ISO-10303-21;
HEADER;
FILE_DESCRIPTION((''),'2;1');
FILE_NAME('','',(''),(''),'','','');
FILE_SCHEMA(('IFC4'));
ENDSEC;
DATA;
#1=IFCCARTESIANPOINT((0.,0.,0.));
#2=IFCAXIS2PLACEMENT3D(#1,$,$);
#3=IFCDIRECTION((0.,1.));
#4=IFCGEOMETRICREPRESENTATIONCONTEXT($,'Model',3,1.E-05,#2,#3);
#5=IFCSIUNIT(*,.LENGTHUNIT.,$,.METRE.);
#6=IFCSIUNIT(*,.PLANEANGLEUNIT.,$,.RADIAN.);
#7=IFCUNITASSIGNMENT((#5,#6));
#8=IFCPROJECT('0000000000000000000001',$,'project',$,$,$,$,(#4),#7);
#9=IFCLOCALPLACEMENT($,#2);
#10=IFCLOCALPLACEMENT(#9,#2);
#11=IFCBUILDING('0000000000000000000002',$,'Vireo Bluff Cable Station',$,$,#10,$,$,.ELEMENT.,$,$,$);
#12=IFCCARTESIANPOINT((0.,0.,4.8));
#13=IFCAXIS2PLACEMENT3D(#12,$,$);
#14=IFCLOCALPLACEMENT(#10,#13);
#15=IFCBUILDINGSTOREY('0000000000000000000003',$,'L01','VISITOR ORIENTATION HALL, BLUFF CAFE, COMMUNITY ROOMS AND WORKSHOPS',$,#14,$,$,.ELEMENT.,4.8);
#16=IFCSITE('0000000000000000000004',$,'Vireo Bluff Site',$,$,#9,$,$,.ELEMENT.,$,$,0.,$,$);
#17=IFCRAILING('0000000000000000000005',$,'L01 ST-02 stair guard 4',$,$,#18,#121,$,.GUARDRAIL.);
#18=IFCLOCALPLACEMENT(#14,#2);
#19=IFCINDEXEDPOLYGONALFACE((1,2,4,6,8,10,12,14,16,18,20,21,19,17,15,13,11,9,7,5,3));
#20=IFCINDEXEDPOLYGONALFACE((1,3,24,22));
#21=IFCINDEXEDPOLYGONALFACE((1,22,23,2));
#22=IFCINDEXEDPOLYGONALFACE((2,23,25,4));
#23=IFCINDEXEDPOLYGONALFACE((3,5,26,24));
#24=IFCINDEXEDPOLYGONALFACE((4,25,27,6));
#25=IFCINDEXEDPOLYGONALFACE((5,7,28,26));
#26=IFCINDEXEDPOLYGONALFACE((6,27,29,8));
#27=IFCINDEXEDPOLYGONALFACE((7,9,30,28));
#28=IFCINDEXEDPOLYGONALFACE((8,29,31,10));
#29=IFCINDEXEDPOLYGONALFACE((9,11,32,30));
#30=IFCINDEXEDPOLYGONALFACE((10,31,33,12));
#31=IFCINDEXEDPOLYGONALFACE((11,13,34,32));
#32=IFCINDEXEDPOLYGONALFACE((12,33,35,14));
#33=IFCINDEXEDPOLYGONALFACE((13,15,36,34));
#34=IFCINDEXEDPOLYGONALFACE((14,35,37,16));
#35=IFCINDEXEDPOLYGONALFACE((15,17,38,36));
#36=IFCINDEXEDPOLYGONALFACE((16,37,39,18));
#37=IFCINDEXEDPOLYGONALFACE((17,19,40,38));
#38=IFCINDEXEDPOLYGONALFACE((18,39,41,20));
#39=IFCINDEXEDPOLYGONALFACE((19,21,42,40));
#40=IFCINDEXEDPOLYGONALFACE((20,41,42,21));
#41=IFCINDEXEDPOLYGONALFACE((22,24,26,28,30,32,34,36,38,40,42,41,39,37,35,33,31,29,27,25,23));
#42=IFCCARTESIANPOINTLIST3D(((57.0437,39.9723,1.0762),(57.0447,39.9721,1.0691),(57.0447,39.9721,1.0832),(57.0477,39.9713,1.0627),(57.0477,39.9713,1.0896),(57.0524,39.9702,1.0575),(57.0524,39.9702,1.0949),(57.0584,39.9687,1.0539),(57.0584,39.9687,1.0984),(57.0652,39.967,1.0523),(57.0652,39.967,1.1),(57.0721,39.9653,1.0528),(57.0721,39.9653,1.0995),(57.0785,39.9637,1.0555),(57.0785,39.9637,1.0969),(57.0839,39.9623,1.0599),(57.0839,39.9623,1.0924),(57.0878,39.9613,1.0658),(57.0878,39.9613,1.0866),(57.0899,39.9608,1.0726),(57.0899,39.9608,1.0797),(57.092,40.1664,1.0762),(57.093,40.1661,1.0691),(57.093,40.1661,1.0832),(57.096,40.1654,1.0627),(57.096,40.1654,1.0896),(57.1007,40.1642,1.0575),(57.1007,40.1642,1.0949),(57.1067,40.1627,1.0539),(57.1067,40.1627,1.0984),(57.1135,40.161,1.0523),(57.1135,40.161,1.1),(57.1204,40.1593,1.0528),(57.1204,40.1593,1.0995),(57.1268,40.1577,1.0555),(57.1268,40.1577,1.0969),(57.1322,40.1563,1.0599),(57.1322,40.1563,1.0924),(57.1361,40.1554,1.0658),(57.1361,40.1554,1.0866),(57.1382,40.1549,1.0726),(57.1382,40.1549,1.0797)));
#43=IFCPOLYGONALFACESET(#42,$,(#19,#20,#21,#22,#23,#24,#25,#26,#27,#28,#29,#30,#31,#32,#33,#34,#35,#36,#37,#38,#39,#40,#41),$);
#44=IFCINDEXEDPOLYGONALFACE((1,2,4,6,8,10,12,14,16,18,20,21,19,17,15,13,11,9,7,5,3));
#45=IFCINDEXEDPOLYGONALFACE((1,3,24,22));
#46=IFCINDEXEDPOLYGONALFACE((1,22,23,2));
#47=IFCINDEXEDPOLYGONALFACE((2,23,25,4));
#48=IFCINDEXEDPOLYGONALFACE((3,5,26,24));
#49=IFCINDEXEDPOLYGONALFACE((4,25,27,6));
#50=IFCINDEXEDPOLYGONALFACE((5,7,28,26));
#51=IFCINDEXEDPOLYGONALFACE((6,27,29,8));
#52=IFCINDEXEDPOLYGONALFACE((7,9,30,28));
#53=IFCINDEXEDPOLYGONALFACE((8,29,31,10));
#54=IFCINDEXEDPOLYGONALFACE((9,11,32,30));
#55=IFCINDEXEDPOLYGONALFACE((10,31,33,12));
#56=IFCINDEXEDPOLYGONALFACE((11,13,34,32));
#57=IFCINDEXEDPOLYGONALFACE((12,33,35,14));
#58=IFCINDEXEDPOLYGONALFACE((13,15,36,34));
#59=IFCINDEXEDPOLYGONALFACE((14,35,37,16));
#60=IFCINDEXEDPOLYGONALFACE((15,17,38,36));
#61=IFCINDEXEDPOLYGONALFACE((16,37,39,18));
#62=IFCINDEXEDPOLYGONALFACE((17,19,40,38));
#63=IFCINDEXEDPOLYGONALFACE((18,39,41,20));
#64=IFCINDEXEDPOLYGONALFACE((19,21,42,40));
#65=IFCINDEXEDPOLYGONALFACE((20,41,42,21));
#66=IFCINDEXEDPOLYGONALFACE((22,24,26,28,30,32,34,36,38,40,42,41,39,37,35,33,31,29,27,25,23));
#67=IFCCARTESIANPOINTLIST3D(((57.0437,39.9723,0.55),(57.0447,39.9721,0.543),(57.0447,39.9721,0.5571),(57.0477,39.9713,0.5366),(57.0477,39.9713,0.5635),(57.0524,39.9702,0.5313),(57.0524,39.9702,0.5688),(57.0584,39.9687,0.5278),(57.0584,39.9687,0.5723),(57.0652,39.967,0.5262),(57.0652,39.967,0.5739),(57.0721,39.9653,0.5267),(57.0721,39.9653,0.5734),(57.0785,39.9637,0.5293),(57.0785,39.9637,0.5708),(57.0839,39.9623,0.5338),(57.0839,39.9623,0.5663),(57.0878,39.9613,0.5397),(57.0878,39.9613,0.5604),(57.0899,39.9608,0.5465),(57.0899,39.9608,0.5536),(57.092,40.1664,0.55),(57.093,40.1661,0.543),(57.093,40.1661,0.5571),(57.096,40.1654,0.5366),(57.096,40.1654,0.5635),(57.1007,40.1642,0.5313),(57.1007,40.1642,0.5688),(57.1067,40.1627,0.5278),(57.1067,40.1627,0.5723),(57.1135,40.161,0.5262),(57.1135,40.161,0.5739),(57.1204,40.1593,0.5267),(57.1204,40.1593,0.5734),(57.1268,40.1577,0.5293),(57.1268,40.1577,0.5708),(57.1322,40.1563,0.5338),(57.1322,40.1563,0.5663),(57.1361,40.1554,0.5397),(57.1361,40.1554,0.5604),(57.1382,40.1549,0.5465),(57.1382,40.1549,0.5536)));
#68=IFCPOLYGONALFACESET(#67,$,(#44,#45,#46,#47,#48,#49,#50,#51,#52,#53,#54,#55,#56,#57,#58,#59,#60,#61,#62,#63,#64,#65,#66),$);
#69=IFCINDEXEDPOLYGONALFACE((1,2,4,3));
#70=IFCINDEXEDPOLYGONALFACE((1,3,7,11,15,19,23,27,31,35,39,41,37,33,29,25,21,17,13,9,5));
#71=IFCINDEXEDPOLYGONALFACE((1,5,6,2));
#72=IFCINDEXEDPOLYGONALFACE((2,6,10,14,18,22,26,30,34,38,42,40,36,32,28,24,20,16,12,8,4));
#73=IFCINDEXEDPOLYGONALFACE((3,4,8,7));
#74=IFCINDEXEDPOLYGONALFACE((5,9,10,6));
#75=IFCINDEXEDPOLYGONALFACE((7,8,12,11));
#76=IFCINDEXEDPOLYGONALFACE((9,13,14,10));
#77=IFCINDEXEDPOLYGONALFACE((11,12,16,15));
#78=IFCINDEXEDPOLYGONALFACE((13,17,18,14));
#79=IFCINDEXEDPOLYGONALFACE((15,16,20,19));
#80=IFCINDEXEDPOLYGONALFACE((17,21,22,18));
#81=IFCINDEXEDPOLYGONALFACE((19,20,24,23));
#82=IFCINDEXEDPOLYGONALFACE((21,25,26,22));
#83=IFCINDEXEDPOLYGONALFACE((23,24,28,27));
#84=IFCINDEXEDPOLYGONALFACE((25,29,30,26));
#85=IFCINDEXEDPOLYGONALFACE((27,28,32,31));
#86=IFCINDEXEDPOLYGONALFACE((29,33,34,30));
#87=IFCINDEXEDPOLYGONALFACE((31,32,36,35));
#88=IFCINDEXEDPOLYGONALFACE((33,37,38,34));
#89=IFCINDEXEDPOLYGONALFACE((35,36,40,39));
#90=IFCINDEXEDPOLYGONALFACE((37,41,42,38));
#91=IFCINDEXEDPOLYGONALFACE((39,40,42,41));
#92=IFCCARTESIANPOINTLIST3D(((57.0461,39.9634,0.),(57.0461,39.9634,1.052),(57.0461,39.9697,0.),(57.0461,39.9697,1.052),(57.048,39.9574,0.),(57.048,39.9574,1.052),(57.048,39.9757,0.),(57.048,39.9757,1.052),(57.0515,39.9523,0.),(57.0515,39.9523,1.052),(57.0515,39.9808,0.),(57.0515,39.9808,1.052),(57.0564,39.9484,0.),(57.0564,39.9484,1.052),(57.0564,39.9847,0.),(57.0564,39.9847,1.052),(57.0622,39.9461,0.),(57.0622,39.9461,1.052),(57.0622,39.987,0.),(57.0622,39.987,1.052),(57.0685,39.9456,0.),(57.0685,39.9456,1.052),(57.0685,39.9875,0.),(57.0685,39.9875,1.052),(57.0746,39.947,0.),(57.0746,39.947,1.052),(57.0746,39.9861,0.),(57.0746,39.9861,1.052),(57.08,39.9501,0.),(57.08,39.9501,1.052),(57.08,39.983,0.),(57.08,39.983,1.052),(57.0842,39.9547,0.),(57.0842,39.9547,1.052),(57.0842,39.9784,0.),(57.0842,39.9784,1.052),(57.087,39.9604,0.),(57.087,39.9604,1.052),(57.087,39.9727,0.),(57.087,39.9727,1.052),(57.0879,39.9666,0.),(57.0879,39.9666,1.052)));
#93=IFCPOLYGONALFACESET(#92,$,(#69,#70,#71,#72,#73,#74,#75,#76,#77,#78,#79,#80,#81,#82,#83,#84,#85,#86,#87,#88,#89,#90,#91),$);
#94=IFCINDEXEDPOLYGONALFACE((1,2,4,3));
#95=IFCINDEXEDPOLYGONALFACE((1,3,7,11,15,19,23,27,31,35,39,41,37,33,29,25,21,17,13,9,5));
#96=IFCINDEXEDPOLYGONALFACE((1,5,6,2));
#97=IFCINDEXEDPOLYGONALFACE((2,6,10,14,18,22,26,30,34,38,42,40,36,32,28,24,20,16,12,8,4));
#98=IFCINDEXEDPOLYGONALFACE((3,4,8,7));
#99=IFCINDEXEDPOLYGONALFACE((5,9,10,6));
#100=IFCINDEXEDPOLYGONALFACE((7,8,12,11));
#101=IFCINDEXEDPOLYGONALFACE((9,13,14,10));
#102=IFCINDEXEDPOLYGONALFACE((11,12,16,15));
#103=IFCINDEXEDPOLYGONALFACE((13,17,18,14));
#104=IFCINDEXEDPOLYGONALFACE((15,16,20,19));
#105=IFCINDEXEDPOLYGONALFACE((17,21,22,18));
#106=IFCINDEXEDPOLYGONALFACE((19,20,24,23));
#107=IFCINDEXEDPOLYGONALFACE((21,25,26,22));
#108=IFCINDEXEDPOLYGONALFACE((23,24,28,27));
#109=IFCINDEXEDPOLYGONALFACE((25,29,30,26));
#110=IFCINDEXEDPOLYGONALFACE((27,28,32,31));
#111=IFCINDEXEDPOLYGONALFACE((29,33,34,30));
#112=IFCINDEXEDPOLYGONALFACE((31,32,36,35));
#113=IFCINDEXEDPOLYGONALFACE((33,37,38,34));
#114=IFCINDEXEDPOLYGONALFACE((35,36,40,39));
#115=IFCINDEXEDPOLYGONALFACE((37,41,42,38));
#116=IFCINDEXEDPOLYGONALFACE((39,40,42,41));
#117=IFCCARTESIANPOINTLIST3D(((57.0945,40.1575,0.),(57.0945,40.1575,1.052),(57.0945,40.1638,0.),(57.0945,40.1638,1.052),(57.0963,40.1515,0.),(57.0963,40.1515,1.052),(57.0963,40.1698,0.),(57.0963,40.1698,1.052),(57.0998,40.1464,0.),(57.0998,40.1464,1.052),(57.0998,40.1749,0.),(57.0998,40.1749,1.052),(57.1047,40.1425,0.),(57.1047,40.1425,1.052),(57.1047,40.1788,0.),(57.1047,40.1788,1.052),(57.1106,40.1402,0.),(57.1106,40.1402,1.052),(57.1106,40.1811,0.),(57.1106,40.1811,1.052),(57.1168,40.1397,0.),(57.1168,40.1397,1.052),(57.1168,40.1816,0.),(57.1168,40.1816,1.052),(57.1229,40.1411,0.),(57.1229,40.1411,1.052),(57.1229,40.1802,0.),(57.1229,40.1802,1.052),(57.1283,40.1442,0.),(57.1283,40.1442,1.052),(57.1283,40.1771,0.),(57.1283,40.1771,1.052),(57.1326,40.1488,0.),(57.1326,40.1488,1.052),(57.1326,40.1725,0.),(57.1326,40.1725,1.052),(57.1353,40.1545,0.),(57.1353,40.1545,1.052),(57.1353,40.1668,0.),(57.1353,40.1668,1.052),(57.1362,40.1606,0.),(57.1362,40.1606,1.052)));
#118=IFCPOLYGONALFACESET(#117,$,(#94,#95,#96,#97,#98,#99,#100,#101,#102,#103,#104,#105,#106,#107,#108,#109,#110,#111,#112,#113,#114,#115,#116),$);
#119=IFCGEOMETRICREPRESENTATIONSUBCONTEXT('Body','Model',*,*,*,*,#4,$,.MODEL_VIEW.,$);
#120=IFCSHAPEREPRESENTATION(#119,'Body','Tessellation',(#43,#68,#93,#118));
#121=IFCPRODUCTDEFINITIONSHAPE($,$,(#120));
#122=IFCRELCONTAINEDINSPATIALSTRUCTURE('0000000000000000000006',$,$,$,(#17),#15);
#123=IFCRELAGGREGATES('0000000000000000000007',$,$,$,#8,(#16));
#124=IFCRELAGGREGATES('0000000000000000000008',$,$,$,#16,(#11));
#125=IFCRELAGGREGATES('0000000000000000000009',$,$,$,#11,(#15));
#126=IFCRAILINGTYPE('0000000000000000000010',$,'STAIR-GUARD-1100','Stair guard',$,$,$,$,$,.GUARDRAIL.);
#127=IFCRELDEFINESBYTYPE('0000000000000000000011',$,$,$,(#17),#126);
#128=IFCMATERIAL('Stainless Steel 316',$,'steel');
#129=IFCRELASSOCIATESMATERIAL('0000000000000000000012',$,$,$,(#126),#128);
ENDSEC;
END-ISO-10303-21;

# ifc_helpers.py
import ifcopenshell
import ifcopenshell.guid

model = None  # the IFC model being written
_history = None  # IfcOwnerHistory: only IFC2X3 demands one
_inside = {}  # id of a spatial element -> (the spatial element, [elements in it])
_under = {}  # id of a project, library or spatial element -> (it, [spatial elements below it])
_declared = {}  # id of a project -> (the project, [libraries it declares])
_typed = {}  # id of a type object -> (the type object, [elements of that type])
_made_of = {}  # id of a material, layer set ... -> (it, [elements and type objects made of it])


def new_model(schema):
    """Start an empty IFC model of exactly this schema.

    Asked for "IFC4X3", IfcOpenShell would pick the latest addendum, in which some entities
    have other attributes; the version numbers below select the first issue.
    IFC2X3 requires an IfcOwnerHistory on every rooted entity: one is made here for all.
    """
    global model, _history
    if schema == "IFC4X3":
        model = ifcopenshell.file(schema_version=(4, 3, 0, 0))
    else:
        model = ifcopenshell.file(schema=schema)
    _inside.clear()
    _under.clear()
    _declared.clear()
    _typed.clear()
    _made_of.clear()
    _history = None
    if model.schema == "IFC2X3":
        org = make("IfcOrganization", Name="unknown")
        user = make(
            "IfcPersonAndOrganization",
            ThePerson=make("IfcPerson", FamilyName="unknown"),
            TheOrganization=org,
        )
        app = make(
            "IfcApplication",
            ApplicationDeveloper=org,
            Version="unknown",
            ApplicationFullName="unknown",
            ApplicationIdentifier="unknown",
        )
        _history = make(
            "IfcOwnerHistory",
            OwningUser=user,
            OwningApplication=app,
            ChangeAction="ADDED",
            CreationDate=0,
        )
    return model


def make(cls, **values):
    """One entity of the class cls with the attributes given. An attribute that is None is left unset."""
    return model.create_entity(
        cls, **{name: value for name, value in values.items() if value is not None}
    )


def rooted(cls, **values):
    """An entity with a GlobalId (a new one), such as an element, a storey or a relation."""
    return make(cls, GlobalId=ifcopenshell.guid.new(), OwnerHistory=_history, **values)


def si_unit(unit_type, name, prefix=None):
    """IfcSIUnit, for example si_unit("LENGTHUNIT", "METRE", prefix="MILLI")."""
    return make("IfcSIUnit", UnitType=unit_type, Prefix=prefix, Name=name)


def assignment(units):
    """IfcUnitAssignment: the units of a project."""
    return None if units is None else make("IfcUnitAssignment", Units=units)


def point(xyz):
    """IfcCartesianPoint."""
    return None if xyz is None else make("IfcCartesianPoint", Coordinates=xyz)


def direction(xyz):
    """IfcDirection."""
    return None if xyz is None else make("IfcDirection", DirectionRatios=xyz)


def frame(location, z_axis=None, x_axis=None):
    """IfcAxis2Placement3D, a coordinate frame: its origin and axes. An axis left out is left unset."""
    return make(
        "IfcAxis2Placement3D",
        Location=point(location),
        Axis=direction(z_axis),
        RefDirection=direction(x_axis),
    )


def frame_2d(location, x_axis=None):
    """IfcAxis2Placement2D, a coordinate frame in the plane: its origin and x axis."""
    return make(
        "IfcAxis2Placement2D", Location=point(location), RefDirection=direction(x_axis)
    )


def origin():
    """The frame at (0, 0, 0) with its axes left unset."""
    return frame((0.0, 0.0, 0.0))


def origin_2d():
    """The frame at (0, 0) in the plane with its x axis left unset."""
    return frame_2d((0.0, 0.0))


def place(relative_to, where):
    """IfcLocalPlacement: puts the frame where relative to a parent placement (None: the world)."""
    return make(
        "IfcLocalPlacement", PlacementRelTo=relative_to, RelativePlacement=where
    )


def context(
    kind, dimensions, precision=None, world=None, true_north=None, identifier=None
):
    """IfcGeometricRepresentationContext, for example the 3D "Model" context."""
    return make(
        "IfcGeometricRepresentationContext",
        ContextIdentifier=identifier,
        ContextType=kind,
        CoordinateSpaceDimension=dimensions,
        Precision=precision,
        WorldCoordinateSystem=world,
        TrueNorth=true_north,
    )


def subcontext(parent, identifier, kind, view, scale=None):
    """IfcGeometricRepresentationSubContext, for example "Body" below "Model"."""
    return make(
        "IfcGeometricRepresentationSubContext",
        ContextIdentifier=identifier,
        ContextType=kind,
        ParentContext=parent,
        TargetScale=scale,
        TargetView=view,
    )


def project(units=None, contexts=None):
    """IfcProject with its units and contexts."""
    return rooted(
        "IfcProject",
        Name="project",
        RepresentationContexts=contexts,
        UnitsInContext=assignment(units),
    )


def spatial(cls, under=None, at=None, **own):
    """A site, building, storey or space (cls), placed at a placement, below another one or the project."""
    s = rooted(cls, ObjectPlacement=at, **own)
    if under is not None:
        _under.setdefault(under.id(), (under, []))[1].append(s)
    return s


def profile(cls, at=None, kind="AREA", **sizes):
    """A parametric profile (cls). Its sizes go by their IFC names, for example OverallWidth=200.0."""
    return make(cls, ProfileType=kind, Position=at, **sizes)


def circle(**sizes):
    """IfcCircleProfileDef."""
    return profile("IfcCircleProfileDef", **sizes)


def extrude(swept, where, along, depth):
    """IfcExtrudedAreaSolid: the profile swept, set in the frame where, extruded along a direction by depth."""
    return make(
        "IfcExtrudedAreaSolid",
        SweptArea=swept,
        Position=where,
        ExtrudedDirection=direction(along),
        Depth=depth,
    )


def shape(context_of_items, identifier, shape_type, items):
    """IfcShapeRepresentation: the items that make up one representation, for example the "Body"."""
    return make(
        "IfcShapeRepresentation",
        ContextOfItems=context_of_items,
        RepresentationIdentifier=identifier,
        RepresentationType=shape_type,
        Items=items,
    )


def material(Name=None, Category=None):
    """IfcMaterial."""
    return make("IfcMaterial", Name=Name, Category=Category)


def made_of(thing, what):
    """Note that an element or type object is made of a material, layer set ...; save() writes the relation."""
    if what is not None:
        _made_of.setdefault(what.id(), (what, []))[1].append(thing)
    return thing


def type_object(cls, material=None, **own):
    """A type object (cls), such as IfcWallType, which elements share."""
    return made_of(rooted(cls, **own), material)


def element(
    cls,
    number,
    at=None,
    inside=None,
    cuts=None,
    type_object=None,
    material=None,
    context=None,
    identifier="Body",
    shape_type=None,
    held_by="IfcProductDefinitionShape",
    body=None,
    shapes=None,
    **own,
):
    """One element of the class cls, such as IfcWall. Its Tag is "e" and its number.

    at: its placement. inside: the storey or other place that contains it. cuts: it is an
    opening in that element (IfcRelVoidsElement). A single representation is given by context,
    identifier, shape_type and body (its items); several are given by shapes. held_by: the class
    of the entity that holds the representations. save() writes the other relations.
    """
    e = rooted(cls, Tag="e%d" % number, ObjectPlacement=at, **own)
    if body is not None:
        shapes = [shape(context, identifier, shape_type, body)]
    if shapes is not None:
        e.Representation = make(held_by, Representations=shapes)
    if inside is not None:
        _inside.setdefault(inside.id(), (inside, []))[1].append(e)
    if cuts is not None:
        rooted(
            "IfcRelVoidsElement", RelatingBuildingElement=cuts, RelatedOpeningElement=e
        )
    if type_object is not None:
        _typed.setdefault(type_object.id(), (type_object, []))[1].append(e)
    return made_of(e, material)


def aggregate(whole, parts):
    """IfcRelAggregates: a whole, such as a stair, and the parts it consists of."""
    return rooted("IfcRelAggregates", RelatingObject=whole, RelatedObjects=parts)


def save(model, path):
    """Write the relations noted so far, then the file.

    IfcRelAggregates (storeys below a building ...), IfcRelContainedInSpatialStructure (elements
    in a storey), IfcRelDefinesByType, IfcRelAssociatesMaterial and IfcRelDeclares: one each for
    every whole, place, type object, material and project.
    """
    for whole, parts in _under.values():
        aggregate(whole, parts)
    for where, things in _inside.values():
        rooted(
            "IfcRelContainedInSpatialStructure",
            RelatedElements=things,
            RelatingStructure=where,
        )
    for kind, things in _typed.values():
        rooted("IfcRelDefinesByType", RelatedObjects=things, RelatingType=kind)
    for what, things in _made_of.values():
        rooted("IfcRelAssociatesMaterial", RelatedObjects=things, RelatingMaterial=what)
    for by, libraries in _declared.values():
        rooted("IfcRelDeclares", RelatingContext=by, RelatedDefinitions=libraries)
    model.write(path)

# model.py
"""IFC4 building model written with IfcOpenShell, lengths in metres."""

from ifc_helpers import new_model, si_unit, direction, frame, origin, origin_2d, place, context, subcontext, project, spatial, circle, extrude, material, type_object, element, save


model = new_model("IFC4")

# Units and contexts
model_context = context("Model", 3, precision=1e-05, world=origin(), true_north=direction((0.0, 1.0)))
body_context = subcontext(model_context, "Body", "Model", "MODEL_VIEW")
ifc_project = project(units=[si_unit("LENGTHUNIT", "METRE"), si_unit("PLANEANGLEUNIT", "RADIAN")], contexts=[model_context])

# Site, building, storey
site_placement = place(None, origin())
site = spatial("IfcSite", under=ifc_project, at=site_placement, Name="Vireo Bluff Site", CompositionType="ELEMENT", RefElevation=0.0)
building_placement = place(site_placement, origin())
building = spatial("IfcBuilding", under=site, at=building_placement, Name="Vireo Bluff Cable Station", CompositionType="ELEMENT")
storey_placement = place(building_placement, frame((0.0, 0.0, 4.8)))
storey = spatial("IfcBuildingStorey", under=building, at=storey_placement, Name="L01", Description="VISITOR ORIENTATION HALL, BLUFF CAFE, COMMUNITY ROOMS AND WORKSHOPS", CompositionType="ELEMENT", Elevation=4.8)

# Railing
ifc_material_1 = material(Name="Stainless Steel 316", Category="steel")
railing_type_1 = type_object("IfcRailingType", Name="STAIR-GUARD-1100", Description="Stair guard", PredefinedType="GUARDRAIL", material=ifc_material_1)
railing_1_placement = place(storey_placement, frame((57.0669, 39.9666, 0.0)))
element("IfcRailing", 1, at=railing_1_placement, inside=storey, type_object=railing_type_1, Name="L01 ST-02 stair guard 4", PredefinedType="GUARDRAIL", context=body_context, shape_type="SweptSolid", body=[
    extrude(circle(Radius=0.0239, at=origin_2d()), frame((0.0, 0.0, 1.0762), z_axis=(0.241674, 0.970358, 0.0), x_axis=(-0.970358, 0.241674, 0.0)), (0.0, 0.0, 1.0), 0.2),
    extrude(circle(Radius=0.0239, at=origin_2d()), frame((0.0, 0.0, 0.55), z_axis=(0.241674, 0.970358, 0.0), x_axis=(-0.970358, 0.241674, 0.0)), (0.0, 0.0, 1.0), 0.2),
    extrude(circle(Radius=0.021, at=origin_2d()), origin(), (0.0, 0.0, 1.0), 1.052),
    extrude(circle(Radius=0.021, at=origin_2d()), frame((0.0483, 0.1941, 0.0)), (0.0, 0.0, 1.0), 1.052),
])

save(model, "model.ifc")
